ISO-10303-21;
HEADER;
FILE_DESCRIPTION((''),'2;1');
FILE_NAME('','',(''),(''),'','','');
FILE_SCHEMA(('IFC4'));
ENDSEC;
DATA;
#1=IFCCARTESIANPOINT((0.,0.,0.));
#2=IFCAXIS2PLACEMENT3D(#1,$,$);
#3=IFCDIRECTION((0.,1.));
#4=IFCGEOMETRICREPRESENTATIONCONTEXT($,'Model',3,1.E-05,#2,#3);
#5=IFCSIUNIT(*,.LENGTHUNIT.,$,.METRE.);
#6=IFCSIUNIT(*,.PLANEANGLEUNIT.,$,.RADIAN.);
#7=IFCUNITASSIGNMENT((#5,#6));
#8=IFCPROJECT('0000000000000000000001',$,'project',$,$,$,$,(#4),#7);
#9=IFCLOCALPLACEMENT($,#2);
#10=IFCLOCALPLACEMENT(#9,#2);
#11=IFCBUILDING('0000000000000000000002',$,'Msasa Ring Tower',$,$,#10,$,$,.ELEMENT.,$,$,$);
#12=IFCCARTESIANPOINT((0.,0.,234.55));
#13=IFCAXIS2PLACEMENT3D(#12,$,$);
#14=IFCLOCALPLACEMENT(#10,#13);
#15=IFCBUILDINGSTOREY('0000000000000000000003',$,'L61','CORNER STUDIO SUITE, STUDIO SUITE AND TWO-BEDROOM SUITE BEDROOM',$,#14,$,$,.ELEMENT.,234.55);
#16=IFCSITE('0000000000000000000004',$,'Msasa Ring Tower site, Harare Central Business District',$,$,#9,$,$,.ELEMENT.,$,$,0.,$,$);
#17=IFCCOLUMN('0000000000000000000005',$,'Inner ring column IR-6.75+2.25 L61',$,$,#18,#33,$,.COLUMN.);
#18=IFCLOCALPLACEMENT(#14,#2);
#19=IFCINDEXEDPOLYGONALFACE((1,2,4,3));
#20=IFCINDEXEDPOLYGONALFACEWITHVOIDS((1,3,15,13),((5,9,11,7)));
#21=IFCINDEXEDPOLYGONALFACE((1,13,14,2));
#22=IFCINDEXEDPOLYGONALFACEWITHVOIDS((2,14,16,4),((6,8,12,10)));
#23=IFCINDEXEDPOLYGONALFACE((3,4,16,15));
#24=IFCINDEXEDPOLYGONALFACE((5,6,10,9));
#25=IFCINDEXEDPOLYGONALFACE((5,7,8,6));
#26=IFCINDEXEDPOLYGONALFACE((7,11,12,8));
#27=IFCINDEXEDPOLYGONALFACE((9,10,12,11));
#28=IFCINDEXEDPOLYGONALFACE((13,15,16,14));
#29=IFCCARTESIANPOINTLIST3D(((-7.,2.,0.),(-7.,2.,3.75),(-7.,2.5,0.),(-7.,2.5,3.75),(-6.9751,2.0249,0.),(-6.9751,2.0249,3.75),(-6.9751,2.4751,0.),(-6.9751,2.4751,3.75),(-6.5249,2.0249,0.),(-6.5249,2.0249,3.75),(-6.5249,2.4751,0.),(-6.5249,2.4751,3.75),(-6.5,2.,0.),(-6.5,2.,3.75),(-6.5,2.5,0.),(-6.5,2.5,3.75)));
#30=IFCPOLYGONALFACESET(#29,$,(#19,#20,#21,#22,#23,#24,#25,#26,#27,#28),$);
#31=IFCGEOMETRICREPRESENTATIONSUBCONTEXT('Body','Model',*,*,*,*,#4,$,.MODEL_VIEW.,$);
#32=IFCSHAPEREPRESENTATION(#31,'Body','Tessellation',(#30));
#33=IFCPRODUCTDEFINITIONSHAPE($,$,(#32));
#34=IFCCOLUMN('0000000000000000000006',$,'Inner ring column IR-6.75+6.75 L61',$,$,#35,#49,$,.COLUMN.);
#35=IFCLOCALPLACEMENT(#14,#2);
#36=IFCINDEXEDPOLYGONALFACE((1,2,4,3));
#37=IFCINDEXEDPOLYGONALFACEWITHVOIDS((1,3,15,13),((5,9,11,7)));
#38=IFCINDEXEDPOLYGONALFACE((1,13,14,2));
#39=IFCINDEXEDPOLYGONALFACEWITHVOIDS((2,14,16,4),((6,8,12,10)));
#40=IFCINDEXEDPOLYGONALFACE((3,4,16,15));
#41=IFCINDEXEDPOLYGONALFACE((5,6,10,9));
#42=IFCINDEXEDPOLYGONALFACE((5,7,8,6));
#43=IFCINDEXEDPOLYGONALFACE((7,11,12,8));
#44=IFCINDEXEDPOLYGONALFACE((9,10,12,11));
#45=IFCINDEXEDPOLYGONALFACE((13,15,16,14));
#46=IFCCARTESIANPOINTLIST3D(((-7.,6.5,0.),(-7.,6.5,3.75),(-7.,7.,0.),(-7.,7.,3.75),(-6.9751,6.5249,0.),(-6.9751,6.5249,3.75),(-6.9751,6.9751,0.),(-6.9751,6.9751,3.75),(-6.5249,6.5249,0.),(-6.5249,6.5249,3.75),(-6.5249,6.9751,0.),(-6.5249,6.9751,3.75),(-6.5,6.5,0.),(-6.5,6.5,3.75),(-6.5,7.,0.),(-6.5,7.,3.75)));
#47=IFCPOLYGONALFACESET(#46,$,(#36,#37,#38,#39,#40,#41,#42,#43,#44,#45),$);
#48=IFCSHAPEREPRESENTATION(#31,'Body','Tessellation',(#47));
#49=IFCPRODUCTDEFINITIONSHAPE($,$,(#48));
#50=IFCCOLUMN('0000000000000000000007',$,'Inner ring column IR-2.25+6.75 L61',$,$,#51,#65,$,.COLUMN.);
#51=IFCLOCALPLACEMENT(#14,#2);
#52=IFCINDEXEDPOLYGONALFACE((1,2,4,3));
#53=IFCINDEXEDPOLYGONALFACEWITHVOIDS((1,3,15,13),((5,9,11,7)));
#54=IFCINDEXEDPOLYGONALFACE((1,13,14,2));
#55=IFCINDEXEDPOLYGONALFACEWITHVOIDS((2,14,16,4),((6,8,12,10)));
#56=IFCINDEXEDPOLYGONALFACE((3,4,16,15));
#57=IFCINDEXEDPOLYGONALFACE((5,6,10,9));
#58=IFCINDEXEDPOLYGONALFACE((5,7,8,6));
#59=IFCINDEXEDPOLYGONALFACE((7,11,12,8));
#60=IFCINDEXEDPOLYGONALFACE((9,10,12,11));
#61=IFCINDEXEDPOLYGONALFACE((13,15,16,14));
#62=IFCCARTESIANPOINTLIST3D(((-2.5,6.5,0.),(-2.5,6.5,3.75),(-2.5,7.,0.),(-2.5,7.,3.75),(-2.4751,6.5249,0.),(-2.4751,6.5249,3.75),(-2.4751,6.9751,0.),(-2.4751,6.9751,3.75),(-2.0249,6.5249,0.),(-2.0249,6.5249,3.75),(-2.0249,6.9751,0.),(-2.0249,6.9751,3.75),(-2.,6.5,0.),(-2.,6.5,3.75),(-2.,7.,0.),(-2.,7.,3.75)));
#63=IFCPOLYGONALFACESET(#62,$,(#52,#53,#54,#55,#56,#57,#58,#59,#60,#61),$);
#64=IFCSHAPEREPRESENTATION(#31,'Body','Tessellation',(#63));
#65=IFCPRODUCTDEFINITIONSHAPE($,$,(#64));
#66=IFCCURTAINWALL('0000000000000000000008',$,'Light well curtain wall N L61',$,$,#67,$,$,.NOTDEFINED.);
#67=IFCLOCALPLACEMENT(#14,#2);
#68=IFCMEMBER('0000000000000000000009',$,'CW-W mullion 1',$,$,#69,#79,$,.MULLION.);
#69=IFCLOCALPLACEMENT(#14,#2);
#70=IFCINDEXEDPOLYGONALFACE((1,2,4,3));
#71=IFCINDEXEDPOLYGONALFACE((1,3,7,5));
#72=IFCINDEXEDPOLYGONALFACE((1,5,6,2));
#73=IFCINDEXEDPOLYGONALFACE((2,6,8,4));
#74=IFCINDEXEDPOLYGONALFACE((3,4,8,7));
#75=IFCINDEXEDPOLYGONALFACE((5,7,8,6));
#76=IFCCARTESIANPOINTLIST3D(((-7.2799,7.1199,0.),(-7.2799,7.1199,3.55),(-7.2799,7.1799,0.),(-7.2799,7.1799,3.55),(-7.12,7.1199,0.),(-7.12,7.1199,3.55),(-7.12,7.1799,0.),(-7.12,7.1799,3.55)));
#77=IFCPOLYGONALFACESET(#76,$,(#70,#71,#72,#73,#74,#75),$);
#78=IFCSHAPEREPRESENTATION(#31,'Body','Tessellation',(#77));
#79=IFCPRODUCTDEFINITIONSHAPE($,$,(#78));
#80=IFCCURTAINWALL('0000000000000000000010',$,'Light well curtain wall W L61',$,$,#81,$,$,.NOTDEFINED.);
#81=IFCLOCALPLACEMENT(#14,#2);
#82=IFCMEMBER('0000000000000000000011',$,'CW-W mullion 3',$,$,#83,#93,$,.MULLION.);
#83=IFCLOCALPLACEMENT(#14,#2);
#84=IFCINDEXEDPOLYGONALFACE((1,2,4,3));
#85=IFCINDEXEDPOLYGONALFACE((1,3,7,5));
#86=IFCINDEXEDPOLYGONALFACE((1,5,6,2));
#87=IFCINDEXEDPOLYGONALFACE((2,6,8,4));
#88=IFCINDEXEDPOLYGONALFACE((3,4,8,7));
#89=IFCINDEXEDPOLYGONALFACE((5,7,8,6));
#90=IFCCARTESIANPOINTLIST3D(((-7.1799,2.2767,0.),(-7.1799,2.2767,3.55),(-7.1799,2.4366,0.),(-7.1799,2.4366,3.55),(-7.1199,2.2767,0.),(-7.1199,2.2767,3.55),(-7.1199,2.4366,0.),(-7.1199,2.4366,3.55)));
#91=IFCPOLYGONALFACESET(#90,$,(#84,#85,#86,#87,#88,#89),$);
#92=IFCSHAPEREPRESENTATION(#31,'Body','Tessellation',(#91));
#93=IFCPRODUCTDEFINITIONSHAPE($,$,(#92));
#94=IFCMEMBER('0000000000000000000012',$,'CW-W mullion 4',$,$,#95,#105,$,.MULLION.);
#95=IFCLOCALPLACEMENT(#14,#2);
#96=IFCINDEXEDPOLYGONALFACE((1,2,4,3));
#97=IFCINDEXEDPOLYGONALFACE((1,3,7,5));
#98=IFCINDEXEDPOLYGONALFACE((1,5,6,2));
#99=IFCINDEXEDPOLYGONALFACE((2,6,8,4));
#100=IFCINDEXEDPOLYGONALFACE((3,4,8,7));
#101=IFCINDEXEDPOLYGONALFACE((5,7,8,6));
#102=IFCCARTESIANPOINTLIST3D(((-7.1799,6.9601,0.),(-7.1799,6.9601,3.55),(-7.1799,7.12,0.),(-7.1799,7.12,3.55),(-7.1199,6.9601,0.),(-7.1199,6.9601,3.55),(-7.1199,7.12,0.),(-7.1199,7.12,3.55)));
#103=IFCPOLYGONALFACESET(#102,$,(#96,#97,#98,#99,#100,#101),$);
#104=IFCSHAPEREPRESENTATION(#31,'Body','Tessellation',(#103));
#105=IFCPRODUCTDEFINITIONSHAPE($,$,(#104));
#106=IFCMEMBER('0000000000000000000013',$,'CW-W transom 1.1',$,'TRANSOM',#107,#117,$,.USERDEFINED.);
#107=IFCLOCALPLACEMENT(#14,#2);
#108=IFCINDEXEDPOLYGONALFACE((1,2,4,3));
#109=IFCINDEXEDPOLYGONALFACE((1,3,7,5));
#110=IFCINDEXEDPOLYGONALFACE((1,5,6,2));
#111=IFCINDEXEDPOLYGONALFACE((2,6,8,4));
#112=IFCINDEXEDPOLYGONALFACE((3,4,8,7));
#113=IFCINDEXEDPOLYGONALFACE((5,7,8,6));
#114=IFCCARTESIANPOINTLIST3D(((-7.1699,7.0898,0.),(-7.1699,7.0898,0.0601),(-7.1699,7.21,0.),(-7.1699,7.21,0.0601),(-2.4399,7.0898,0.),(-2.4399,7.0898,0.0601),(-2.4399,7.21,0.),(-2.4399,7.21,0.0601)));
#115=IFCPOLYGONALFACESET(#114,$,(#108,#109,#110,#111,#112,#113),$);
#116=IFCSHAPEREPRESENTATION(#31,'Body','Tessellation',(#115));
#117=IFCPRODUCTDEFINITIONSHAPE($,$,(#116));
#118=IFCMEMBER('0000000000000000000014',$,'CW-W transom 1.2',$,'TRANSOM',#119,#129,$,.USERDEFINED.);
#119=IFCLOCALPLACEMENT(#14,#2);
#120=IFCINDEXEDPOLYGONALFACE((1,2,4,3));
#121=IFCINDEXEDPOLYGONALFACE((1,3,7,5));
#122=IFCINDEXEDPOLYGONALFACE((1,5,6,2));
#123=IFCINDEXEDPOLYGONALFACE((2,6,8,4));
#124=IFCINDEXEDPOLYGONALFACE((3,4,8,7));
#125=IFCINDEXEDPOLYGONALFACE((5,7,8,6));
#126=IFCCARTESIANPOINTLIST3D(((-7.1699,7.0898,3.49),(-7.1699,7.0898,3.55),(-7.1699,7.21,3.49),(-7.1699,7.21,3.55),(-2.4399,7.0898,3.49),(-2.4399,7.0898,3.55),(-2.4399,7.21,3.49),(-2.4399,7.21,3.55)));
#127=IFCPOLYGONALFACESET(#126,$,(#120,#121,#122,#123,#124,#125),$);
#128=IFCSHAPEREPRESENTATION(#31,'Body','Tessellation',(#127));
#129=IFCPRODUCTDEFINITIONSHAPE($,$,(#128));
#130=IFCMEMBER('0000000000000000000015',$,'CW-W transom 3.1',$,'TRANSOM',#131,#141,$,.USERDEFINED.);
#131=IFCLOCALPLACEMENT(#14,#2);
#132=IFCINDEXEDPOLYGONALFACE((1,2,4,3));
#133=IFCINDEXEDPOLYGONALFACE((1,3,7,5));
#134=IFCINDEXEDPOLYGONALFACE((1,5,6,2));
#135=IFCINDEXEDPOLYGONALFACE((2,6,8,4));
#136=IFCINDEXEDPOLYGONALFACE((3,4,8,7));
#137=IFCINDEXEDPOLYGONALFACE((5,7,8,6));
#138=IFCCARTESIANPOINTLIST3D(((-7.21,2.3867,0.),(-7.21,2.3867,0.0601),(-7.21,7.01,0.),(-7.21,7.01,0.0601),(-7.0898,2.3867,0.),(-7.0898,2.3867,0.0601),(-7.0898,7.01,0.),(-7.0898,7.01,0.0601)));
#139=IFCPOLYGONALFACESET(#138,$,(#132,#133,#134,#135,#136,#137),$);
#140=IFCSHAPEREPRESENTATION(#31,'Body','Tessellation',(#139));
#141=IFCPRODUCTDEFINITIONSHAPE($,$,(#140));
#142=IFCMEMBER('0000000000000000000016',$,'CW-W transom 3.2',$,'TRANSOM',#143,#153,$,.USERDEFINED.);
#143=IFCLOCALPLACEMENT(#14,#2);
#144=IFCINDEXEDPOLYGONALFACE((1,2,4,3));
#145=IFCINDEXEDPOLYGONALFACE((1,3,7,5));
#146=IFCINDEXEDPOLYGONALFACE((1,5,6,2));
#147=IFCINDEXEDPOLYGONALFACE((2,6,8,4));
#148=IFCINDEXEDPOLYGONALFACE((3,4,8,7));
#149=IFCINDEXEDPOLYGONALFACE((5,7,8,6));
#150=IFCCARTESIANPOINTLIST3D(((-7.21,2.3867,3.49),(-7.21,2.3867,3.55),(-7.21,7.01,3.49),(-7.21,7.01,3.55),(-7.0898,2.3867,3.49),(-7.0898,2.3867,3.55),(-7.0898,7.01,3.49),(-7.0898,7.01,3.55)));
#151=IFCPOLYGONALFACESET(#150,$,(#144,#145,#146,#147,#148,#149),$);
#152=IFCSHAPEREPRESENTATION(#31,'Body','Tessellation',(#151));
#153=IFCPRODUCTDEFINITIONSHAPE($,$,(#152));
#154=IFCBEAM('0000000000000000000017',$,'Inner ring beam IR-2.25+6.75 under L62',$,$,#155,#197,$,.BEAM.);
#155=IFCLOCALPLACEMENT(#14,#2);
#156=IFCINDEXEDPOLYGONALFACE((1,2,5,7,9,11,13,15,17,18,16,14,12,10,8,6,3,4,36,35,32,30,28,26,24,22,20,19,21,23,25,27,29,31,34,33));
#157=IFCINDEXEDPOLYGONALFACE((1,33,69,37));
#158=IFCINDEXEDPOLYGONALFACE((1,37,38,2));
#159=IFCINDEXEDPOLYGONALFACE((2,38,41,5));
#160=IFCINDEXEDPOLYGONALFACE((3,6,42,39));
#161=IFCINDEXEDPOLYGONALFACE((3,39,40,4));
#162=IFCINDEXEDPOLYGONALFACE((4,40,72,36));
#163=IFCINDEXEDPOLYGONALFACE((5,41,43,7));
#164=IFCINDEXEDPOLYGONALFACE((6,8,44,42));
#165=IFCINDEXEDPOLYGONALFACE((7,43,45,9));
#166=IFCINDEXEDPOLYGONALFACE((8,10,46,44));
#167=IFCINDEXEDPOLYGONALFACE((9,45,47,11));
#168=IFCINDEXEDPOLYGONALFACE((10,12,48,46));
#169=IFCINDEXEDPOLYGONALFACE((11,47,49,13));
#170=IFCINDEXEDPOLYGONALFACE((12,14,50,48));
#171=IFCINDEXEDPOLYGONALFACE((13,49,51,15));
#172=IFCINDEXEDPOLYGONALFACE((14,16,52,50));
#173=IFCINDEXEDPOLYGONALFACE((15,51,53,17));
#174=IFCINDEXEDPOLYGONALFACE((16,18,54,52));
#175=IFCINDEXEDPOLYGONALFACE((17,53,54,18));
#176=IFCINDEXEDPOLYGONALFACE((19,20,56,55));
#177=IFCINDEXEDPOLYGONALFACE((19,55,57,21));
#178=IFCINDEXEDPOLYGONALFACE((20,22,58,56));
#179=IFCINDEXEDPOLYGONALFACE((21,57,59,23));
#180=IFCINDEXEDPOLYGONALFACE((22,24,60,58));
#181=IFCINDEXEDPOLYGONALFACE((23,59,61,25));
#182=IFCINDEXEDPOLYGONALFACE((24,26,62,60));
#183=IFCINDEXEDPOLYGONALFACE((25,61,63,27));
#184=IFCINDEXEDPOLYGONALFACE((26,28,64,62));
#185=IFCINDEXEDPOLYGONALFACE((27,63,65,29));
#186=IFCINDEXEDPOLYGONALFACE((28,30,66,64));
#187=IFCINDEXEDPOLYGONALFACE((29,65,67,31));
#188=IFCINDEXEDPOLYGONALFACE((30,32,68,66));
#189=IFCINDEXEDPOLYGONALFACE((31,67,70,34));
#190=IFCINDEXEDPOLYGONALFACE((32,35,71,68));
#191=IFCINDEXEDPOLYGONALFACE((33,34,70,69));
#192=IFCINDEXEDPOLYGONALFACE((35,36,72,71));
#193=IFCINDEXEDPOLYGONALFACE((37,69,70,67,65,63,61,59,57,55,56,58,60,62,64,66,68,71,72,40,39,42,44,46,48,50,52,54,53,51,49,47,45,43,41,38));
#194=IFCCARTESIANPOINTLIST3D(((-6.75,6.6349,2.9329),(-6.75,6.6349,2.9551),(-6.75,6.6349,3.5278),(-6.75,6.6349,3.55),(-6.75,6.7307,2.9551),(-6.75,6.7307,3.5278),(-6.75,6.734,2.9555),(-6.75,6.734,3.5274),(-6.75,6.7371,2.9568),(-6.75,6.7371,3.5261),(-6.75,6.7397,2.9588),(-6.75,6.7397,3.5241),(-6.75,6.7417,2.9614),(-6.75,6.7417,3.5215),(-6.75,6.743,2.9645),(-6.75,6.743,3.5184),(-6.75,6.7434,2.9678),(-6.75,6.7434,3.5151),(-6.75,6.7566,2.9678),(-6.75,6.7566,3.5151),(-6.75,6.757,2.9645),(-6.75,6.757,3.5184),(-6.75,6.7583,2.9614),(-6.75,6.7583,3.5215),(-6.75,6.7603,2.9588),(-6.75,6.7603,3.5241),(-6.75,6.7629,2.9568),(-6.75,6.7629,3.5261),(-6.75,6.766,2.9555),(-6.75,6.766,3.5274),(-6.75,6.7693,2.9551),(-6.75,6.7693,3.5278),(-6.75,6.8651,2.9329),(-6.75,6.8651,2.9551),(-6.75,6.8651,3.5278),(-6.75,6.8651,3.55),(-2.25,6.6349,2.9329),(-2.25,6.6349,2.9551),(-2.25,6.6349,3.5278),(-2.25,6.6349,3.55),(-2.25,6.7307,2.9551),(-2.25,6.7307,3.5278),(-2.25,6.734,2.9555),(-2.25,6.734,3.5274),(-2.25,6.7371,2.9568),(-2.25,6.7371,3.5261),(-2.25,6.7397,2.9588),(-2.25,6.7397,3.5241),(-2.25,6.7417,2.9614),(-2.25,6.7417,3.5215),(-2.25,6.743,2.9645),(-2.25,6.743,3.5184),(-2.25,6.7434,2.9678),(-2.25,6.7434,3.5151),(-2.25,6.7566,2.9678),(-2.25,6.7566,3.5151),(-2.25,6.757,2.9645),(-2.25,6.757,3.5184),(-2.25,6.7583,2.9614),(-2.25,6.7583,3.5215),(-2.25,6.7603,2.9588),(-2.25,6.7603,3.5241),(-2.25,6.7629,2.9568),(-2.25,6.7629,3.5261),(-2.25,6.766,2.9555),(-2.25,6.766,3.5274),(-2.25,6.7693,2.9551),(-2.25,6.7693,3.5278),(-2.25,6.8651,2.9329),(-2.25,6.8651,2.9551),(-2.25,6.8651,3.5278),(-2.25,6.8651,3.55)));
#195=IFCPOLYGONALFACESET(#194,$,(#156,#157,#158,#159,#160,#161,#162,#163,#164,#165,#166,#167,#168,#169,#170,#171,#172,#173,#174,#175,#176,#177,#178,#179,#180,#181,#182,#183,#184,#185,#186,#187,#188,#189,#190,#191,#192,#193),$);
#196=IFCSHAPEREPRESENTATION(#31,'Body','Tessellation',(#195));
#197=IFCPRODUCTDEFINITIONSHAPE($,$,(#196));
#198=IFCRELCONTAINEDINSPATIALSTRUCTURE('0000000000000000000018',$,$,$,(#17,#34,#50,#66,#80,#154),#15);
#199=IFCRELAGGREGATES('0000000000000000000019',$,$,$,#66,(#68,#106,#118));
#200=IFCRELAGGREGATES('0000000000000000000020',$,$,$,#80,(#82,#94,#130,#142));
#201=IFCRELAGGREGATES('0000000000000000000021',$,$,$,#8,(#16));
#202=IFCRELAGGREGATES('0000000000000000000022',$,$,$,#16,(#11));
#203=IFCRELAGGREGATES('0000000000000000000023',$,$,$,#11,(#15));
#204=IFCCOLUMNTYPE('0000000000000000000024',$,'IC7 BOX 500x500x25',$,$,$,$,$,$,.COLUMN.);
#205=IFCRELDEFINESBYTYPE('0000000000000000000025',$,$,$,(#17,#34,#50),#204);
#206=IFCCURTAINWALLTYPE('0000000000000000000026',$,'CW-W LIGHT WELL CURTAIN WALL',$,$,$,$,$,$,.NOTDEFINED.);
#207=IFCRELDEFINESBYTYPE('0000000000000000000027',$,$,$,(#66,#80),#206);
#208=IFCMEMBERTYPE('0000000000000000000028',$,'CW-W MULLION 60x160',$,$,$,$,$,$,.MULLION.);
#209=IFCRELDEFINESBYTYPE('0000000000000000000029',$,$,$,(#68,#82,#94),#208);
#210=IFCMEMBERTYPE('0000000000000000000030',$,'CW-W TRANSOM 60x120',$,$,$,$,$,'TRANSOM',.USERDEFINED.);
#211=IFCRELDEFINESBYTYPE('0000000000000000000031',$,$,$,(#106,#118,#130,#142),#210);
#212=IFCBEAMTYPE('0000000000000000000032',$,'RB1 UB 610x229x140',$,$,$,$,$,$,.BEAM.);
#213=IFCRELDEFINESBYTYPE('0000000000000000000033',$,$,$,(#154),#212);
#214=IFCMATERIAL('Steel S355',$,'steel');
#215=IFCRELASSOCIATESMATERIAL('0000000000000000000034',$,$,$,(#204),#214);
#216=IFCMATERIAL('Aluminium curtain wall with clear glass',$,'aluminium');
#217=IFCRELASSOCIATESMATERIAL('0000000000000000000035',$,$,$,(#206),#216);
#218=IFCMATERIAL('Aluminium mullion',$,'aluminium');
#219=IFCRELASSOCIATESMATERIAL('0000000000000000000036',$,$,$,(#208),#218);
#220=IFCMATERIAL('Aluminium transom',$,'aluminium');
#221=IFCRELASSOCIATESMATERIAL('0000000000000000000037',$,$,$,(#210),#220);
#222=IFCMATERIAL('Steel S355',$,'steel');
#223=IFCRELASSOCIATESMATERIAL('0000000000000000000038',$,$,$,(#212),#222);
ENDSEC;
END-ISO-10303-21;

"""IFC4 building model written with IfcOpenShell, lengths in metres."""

from ifc_helpers import new_model, si_unit, direction, frame, origin, origin_2d, place, context, subcontext, project, spatial, rectangle, hollow_rectangle, i_section, extrude, material, material_profile, profile_set, type_object, element, aggregate, save


model = new_model("IFC4")

# Units and contexts
model_context = context("Model", 3, precision=1e-05, world=origin(), true_north=direction((0.0, 1.0)))
body_context = subcontext(model_context, "Body", "Model", "MODEL_VIEW")
ifc_project = project(units=[si_unit("LENGTHUNIT", "METRE"), si_unit("PLANEANGLEUNIT", "RADIAN")], contexts=[model_context])

# Site, building, storey
site_placement = place(None, origin())
site = spatial("IfcSite", under=ifc_project, at=site_placement, Name="Msasa Ring Tower site, Harare Central Business District", CompositionType="ELEMENT", RefElevation=0.0)
building_placement = place(site_placement, origin())
building = spatial("IfcBuilding", under=site, at=building_placement, Name="Msasa Ring Tower", CompositionType="ELEMENT")
storey_placement = place(building_placement, frame((0.0, 0.0, 234.55)))
storey = spatial("IfcBuildingStorey", under=building, at=storey_placement, Name="L61", Description="CORNER STUDIO SUITE, STUDIO SUITE AND TWO-BEDROOM SUITE BEDROOM", CompositionType="ELEMENT", Elevation=234.55)

# Columns
ifc_material_1 = material(Name="Steel S355", Category="steel")
ifc_material_profile_1 = material_profile(ifc_material_1, hollow_rectangle(XDim=0.5, YDim=0.5, WallThickness=0.0249, at=origin_2d()), Name="BOX 500x500x25")
ifc_profile_set_1 = profile_set([ifc_material_profile_1], Name="Steel S355")
column_type = type_object("IfcColumnType", Name="IC7 BOX 500x500x25", PredefinedType="COLUMN", material=ifc_profile_set_1)
for number, where, z_axis, x_axis, name in (
    (1, (-6.75, 2.25, 0.0), (0.0, 0.0, 1.0), (1.0, 0.0, 0.0), "Inner ring column IR-6.75+2.25 L61"),
    (2, (-6.75, 6.75, 0.0), (0.0, 0.0, 1.0), (1.0, 0.0, 0.0), "Inner ring column IR-6.75+6.75 L61"),
    (3, (-2.25, 6.75, 0.0), (0.0, 0.0, 1.0), (1.0, 0.0, 0.0), "Inner ring column IR-2.25+6.75 L61"),
):
    element("IfcColumn", number, at=place(storey_placement, frame(where, z_axis=z_axis, x_axis=x_axis)), inside=storey, type_object=column_type, Name=name, PredefinedType="COLUMN", context=body_context, shape_type="SweptSolid", body=[
        extrude(hollow_rectangle(XDim=0.5, YDim=0.5, WallThickness=0.0249, at=origin_2d()), origin(), (0.0, 0.0, 1.0), 3.75),
    ])

# Curtain wall, member
ifc_material_2 = material(Name="Aluminium curtain wall with clear glass", Category="aluminium")
curtain_wall_type = type_object("IfcCurtainWallType", Name="CW-W LIGHT WELL CURTAIN WALL", PredefinedType="NOTDEFINED", material=ifc_material_2)
curtain_wall_1_placement = place(storey_placement, origin())
curtain_wall_1 = element("IfcCurtainWall", 4, at=curtain_wall_1_placement, inside=storey, type_object=curtain_wall_type, Name="Light well curtain wall N L61", PredefinedType="NOTDEFINED")
ifc_material_3 = material(Name="Aluminium mullion", Category="aluminium")
ifc_material_profile_2 = material_profile(ifc_material_3, rectangle(XDim=0.0601, YDim=0.1599, at=origin_2d()), Name="AL 60x160")
ifc_profile_set_2 = profile_set([ifc_material_profile_2], Name="Aluminium mullion")
member_type_1 = type_object("IfcMemberType", Name="CW-W MULLION 60x160", PredefinedType="MULLION", material=ifc_profile_set_2)
member_1_placement = place(storey_placement, frame((-7.2, 7.1499, 0.0), z_axis=(0.0, 0.0, 1.0), x_axis=(0.0, 1.0, 0.0)))
member_1 = element("IfcMember", 5, at=member_1_placement, type_object=member_type_1, Name="CW-W mullion 1", PredefinedType="MULLION", context=body_context, shape_type="SweptSolid", body=[
    extrude(rectangle(XDim=0.0601, YDim=0.1599, at=origin_2d()), origin(), (0.0, 0.0, 1.0), 3.55),
])

# Curtain wall, members
curtain_wall_2_placement = place(storey_placement, origin())
curtain_wall_2 = element("IfcCurtainWall", 6, at=curtain_wall_2_placement, inside=storey, type_object=curtain_wall_type, Name="Light well curtain wall W L61", PredefinedType="NOTDEFINED")
member_2_placement = place(storey_placement, frame((-7.1499, 2.3567, 0.0), z_axis=(0.0, 0.0, 1.0), x_axis=(-1.0, 0.0, 0.0)))
member_2 = element("IfcMember", 7, at=member_2_placement, type_object=member_type_1, Name="CW-W mullion 3", PredefinedType="MULLION", context=body_context, shape_type="SweptSolid", body=[
    extrude(rectangle(XDim=0.0601, YDim=0.1599, at=origin_2d()), origin(), (0.0, 0.0, 1.0), 3.55),
])
member_3_placement = place(storey_placement, frame((-7.1499, 7.04, 0.0), z_axis=(0.0, 0.0, 1.0), x_axis=(-1.0, 0.0, 0.0)))
member_3 = element("IfcMember", 8, at=member_3_placement, type_object=member_type_1, Name="CW-W mullion 4", PredefinedType="MULLION", context=body_context, shape_type="SweptSolid", body=[
    extrude(rectangle(XDim=0.0601, YDim=0.1599, at=origin_2d()), origin(), (0.0, 0.0, 1.0), 3.55),
])

# Members
ifc_material_4 = material(Name="Aluminium transom", Category="aluminium")
ifc_material_profile_3 = material_profile(ifc_material_4, rectangle(XDim=0.1201, YDim=0.0601, at=origin_2d()), Name="AL 60x120")
ifc_profile_set_3 = profile_set([ifc_material_profile_3], Name="Aluminium transom")
member_type_2 = type_object("IfcMemberType", Name="CW-W TRANSOM 60x120", ElementType="TRANSOM", PredefinedType="USERDEFINED", material=ifc_profile_set_3)
member_4_placement = place(storey_placement, frame((-7.1699, 7.1499, 0.03), z_axis=(1.0, 0.0, 0.0), x_axis=(0.0, 1.0, 0.0)))
member_4 = element("IfcMember", 9, at=member_4_placement, type_object=member_type_2, Name="CW-W transom 1.1", ObjectType="TRANSOM", PredefinedType="USERDEFINED", context=body_context, shape_type="SweptSolid", body=[
    extrude(rectangle(XDim=0.1201, YDim=0.0601, at=origin_2d()), origin(), (0.0, 0.0, 1.0), 4.73),
])
member_5_placement = place(storey_placement, frame((-7.1699, 7.1499, 3.52), z_axis=(1.0, 0.0, 0.0), x_axis=(0.0, 1.0, 0.0)))
member_5 = element("IfcMember", 10, at=member_5_placement, type_object=member_type_2, Name="CW-W transom 1.2", ObjectType="TRANSOM", PredefinedType="USERDEFINED", context=body_context, shape_type="SweptSolid", body=[
    extrude(rectangle(XDim=0.1201, YDim=0.0601, at=origin_2d()), origin(), (0.0, 0.0, 1.0), 4.73),
])
aggregate(curtain_wall_1, [member_1, member_4, member_5])
member_6_placement = place(storey_placement, frame((-7.1499, 2.3867, 0.03), z_axis=(0.0, 1.0, 0.0), x_axis=(-1.0, 0.0, 0.0)))
member_6 = element("IfcMember", 11, at=member_6_placement, type_object=member_type_2, Name="CW-W transom 3.1", ObjectType="TRANSOM", PredefinedType="USERDEFINED", context=body_context, shape_type="SweptSolid", body=[
    extrude(rectangle(XDim=0.1201, YDim=0.0601, at=origin_2d()), origin(), (0.0, 0.0, 1.0), 4.6233),
])
member_7_placement = place(storey_placement, frame((-7.1499, 2.3867, 3.52), z_axis=(0.0, 1.0, 0.0), x_axis=(-1.0, 0.0, 0.0)))
member_7 = element("IfcMember", 12, at=member_7_placement, type_object=member_type_2, Name="CW-W transom 3.2", ObjectType="TRANSOM", PredefinedType="USERDEFINED", context=body_context, shape_type="SweptSolid", body=[
    extrude(rectangle(XDim=0.1201, YDim=0.0601, at=origin_2d()), origin(), (0.0, 0.0, 1.0), 4.6233),
])

# Beam
ifc_material_5 = material(Name="Steel S355", Category="steel")
ifc_material_profile_4 = material_profile(ifc_material_5, i_section(OverallWidth=0.2302, OverallDepth=0.6172, WebThickness=0.0132, FlangeThickness=0.0222, FilletRadius=0.0127, at=origin_2d()), Name="UB 610x229x140")
ifc_profile_set_4 = profile_set([ifc_material_profile_4], Name="Steel S355")
beam_type = type_object("IfcBeamType", Name="RB1 UB 610x229x140", PredefinedType="BEAM", material=ifc_profile_set_4)
for number, where, z_axis, x_axis, name in (
    (13, (-2.25, 6.75, 3.2415), (-1.0, 0.0, 0.0), (0.0, -1.0, 0.0), "Inner ring beam IR-2.25+6.75 under L62"),
):
    element("IfcBeam", number, at=place(storey_placement, frame(where, z_axis=z_axis, x_axis=x_axis)), inside=storey, type_object=beam_type, Name=name, PredefinedType="BEAM", context=body_context, shape_type="SweptSolid", body=[
        extrude(i_section(OverallWidth=0.2302, OverallDepth=0.6172, WebThickness=0.0132, FlangeThickness=0.0222, FilletRadius=0.0127, at=origin_2d()), origin(), (0.0, 0.0, 1.0), 4.5),
    ])

aggregate(curtain_wall_2, [member_2, member_3, member_6, member_7])

save(model, "model.ifc")
